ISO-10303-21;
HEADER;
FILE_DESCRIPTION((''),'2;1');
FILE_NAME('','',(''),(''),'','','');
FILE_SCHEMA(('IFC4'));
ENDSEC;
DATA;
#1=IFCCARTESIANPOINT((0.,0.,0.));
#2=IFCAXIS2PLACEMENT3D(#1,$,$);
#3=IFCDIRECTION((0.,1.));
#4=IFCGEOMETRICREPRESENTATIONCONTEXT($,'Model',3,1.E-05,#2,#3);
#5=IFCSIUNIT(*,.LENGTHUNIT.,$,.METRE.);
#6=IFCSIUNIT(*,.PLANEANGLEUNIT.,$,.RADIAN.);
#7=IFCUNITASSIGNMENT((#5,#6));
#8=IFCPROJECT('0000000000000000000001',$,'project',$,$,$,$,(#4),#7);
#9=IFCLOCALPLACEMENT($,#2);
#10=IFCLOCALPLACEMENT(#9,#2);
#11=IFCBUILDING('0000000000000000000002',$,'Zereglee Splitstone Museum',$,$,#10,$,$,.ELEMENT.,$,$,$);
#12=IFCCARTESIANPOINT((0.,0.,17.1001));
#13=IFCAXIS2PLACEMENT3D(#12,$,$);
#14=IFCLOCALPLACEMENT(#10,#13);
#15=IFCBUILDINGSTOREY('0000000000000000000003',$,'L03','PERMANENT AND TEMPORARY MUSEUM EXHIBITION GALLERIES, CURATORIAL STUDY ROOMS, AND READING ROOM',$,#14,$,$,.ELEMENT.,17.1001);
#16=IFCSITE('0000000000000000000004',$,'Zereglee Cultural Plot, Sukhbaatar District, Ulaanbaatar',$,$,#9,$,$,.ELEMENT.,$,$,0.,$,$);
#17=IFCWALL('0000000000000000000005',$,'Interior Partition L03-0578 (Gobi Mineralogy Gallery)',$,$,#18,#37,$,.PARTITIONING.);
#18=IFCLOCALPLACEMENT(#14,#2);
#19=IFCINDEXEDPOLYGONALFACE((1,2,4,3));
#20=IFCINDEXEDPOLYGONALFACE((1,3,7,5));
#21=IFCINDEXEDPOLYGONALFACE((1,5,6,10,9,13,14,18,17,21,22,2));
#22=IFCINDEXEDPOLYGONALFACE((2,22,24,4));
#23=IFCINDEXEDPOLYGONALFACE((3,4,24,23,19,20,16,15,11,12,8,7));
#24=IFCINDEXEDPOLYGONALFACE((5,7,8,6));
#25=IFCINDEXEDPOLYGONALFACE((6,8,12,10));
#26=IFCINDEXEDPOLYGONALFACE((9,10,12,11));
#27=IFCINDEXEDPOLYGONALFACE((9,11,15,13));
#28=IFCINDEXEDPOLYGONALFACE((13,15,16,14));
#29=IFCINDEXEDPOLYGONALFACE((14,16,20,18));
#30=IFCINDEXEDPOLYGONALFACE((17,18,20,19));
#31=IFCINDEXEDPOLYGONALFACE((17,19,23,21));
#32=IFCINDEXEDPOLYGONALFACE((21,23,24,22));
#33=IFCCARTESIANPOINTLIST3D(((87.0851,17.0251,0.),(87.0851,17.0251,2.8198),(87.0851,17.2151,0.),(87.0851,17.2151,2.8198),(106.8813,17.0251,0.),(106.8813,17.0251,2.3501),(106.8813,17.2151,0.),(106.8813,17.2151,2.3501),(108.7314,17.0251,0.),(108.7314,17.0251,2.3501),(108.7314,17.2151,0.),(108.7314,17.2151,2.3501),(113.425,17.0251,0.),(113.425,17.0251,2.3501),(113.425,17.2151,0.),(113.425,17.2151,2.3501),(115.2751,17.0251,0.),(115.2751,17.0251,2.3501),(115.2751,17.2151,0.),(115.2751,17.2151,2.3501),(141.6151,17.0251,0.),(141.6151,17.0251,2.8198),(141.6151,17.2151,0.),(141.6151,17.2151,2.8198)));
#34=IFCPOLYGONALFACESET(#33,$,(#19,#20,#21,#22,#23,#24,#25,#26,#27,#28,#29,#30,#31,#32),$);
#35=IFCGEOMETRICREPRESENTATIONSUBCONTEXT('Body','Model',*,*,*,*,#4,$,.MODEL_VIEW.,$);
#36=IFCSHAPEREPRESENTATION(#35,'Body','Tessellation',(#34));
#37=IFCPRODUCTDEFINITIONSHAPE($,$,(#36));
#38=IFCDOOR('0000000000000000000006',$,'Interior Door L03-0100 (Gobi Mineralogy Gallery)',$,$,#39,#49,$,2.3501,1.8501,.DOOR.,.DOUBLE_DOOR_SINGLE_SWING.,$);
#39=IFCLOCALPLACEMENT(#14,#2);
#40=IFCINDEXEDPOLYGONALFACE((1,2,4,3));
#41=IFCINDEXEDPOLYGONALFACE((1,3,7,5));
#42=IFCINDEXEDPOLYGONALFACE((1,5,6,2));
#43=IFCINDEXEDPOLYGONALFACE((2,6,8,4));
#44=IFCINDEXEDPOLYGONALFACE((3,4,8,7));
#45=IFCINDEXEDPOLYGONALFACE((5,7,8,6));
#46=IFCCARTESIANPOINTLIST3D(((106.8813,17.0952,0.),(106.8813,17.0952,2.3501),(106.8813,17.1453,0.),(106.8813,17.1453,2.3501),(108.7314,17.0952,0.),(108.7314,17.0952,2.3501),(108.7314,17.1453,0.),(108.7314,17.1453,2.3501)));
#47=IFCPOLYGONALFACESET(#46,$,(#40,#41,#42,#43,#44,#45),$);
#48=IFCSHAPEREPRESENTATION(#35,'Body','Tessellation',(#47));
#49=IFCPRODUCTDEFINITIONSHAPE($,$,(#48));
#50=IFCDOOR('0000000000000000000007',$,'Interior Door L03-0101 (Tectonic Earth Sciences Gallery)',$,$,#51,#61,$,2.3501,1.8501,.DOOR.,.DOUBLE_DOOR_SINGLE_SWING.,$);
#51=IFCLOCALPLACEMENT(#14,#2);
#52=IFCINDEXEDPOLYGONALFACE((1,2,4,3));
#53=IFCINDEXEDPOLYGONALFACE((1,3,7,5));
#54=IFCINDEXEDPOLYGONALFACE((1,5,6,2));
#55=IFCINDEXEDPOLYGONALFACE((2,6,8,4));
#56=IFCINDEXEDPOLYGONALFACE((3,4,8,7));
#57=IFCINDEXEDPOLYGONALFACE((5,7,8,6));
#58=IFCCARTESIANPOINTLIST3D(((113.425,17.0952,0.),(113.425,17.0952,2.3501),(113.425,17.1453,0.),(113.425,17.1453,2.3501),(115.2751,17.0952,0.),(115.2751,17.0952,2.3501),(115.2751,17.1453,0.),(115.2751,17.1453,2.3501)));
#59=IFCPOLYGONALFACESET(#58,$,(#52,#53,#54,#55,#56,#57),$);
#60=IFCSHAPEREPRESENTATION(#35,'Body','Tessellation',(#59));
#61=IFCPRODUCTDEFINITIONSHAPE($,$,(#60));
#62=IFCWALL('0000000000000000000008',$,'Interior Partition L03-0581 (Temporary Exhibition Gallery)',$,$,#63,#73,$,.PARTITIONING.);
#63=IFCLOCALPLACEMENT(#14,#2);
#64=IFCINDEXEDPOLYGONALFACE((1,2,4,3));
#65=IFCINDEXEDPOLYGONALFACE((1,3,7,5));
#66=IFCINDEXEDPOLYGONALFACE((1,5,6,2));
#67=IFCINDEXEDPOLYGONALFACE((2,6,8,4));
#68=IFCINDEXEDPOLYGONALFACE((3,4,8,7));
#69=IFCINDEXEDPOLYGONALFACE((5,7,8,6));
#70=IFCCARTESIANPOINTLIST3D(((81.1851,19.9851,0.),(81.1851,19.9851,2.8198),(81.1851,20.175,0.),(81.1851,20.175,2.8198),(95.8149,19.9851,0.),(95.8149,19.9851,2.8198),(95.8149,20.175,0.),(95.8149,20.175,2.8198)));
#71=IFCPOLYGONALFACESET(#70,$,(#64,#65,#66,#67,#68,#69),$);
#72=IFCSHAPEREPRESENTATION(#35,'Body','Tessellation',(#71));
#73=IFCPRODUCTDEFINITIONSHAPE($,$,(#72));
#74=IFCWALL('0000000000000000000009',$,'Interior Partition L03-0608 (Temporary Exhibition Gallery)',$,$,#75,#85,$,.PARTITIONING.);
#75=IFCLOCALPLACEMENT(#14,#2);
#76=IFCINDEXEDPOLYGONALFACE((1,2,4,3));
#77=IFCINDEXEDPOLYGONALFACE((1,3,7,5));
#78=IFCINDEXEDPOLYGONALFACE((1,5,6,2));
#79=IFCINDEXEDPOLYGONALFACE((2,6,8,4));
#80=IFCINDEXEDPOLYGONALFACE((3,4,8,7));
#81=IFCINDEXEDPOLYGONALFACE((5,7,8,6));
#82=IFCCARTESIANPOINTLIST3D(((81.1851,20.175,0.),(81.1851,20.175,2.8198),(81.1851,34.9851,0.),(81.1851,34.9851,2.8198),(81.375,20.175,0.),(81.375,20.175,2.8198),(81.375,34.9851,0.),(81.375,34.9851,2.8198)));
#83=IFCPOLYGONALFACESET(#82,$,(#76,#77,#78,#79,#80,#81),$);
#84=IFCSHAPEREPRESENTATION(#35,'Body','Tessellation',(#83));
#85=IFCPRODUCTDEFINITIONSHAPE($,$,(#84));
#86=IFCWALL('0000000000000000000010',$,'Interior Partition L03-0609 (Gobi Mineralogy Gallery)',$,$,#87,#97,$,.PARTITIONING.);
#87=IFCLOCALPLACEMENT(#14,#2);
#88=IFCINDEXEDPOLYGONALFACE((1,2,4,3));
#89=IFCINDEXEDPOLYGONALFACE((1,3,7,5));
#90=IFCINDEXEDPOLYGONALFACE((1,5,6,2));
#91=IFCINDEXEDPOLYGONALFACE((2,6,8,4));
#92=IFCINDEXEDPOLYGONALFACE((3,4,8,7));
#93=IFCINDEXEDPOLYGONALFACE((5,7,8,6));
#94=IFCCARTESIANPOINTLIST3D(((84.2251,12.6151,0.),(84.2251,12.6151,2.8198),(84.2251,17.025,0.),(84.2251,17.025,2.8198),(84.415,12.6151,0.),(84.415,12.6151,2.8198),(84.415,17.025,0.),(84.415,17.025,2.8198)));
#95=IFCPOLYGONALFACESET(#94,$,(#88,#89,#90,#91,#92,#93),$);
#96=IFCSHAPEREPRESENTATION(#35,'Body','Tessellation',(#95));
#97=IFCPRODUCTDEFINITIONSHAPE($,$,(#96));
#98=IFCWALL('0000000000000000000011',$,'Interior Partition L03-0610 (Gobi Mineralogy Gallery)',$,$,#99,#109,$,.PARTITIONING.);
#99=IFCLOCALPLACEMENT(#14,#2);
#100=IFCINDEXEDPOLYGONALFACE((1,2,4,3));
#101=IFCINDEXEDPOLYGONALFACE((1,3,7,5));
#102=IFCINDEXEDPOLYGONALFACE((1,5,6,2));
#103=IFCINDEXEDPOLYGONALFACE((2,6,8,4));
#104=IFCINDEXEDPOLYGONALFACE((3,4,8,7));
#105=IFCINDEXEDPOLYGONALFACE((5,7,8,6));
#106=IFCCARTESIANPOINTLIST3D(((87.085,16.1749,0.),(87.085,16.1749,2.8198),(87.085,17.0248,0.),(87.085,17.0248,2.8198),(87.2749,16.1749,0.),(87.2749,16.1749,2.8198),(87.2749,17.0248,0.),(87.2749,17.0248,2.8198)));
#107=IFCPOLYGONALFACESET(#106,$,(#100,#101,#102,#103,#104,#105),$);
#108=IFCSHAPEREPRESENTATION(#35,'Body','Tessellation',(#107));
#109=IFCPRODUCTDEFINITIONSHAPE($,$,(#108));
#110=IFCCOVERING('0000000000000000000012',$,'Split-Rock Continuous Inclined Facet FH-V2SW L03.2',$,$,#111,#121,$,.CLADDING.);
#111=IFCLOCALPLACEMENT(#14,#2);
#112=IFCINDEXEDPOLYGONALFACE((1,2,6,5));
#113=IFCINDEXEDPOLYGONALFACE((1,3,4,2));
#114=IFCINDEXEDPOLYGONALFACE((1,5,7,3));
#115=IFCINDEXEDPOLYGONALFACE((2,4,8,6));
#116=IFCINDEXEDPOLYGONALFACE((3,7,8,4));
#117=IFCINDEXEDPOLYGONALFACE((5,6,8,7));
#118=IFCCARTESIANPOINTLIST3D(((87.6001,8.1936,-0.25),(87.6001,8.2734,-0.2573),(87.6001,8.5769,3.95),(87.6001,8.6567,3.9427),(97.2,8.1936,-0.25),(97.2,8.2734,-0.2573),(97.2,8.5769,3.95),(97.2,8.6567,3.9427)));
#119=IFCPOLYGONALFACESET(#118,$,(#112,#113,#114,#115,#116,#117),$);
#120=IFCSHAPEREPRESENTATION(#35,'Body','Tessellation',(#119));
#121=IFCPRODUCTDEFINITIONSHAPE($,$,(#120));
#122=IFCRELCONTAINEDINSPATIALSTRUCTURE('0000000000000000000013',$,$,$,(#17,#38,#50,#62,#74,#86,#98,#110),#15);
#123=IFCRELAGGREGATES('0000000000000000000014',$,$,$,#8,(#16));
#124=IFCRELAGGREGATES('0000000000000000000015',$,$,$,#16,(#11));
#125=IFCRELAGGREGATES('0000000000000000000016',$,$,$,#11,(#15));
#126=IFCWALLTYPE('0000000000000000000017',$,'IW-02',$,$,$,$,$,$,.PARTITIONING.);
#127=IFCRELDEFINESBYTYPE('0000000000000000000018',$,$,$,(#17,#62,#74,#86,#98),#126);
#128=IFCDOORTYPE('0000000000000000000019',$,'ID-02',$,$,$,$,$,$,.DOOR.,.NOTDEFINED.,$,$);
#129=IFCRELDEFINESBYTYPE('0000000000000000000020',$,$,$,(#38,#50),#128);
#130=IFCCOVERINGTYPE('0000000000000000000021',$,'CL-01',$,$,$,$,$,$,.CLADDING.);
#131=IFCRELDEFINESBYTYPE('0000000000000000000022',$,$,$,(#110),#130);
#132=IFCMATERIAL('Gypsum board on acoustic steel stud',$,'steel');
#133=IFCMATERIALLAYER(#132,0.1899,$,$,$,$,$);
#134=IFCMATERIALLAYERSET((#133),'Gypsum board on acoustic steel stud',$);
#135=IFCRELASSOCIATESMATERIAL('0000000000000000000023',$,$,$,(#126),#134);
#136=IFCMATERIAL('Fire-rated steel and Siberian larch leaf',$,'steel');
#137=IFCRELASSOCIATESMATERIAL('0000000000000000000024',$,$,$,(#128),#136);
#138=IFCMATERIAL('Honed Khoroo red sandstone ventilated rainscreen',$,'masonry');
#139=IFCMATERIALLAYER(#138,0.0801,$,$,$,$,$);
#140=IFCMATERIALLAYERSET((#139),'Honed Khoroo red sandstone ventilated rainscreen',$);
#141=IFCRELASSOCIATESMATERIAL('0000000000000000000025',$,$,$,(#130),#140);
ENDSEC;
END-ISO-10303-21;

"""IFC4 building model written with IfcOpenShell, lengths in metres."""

from ifc_helpers import new_model, si_unit, direction, frame, frame_2d, origin, place, context, subcontext, project, spatial, polyline, rectangle, outline, extrude, material, layer, layer_set, type_object, element, fill, save


model = new_model("IFC4")

# Units and contexts
model_context = context("Model", 3, precision=1e-05, world=origin(), true_north=direction((0.0, 1.0)))
body_context = subcontext(model_context, "Body", "Model", "MODEL_VIEW")
ifc_project = project(units=[si_unit("LENGTHUNIT", "METRE"), si_unit("PLANEANGLEUNIT", "RADIAN")], contexts=[model_context])

# Site, building, storey
site_placement = place(None, origin())
site = spatial("IfcSite", under=ifc_project, at=site_placement, Name="Zereglee Cultural Plot, Sukhbaatar District, Ulaanbaatar", CompositionType="ELEMENT", RefElevation=0.0)
building_placement = place(site_placement, origin())
building = spatial("IfcBuilding", under=site, at=building_placement, Name="Zereglee Splitstone Museum", CompositionType="ELEMENT")
storey_placement = place(building_placement, frame((0.0, 0.0, 17.1001)))
storey = spatial("IfcBuildingStorey", under=building, at=storey_placement, Name="L03", Description="PERMANENT AND TEMPORARY MUSEUM EXHIBITION GALLERIES, CURATORIAL STUDY ROOMS, AND READING ROOM", CompositionType="ELEMENT", Elevation=17.1001)

# Shared definitions
ifc_material_1 = material(Name="Gypsum board on acoustic steel stud", Category="steel")
ifc_layer_1 = layer(ifc_material_1, 0.1899)
ifc_layer_set_1 = layer_set([ifc_layer_1], Name="Gypsum board on acoustic steel stud")
wall_type_1 = type_object("IfcWallType", Name="IW-02", PredefinedType="PARTITIONING", material=ifc_layer_set_1)

# Wall, openings, doors
wall_1_placement = place(storey_placement, frame((87.085, 17.1201, 0.0), z_axis=(0.0, 0.0, 1.0), x_axis=(1.0, 0.0, 0.0)))
wall_1 = element("IfcWall", 1, at=wall_1_placement, inside=storey, type_object=wall_type_1, Name="Interior Partition L03-0578 (Gobi Mineralogy Gallery)", PredefinedType="PARTITIONING", context=body_context, shape_type="SweptSolid", body=[
    extrude(rectangle(XDim=54.53, YDim=0.1899, at=frame_2d((27.2651, 0.0))), origin(), (0.0, 0.0, 1.0), 2.8198),
])
opening_1_placement = place(wall_1_placement, frame((19.7964, 0.0, 0.0)))
opening_1 = element("IfcOpeningElement", 2, at=opening_1_placement, cuts=wall_1, PredefinedType="OPENING", context=body_context, shape_type="SweptSolid", body=[
    extrude(rectangle(XDim=1.8501, YDim=2.3501, at=frame_2d((0.925, 1.175))), frame((0.0, 0.1099, 0.0), z_axis=(0.0, -1.0, 0.0), x_axis=(1.0, 0.0, 0.0)), (0.0, 0.0, 1.0), 0.2197),
])
opening_2_placement = place(wall_1_placement, frame((26.3401, 0.0, 0.0)))
opening_2 = element("IfcOpeningElement", 3, at=opening_2_placement, cuts=wall_1, PredefinedType="OPENING", context=body_context, shape_type="SweptSolid", body=[
    extrude(rectangle(XDim=1.8501, YDim=2.3501, at=frame_2d((0.925, 1.175))), frame((0.0, 0.1099, 0.0), z_axis=(0.0, -1.0, 0.0), x_axis=(1.0, 0.0, 0.0)), (0.0, 0.0, 1.0), 0.2197),
])
ifc_material_2 = material(Name="Fire-rated steel and Siberian larch leaf", Category="steel")
door_type = type_object("IfcDoorType", Name="ID-02", OperationType="NOTDEFINED", PredefinedType="DOOR", material=ifc_material_2)
door_1_placement = place(opening_1_placement, frame((1.8501, 0.0, 0.0), z_axis=(0.0, 0.0, 1.0), x_axis=(-1.0, 0.0, 0.0)))
door_1 = element("IfcDoor", 4, at=door_1_placement, inside=storey, type_object=door_type, Name="Interior Door L03-0100 (Gobi Mineralogy Gallery)", OperationType="DOUBLE_DOOR_SINGLE_SWING", OverallHeight=2.3501, OverallWidth=1.8501, PredefinedType="DOOR", context=body_context, shape_type="SweptSolid", body=[
    extrude(rectangle(XDim=1.8501, YDim=2.3501, at=frame_2d((0.925, 1.175))), frame((0.0, 0.0249, 0.0), z_axis=(0.0, -1.0, 0.0), x_axis=(1.0, 0.0, 0.0)), (0.0, 0.0, 1.0), 0.05),
])
fill(opening_1, door_1)
door_2_placement = place(opening_2_placement, frame((1.8501, 0.0, 0.0), z_axis=(0.0, 0.0, 1.0), x_axis=(-1.0, 0.0, 0.0)))
door_2 = element("IfcDoor", 5, at=door_2_placement, inside=storey, type_object=door_type, Name="Interior Door L03-0101 (Tectonic Earth Sciences Gallery)", OperationType="DOUBLE_DOOR_SINGLE_SWING", OverallHeight=2.3501, OverallWidth=1.8501, PredefinedType="DOOR", context=body_context, shape_type="SweptSolid", body=[
    extrude(rectangle(XDim=1.8501, YDim=2.3501, at=frame_2d((0.925, 1.175))), frame((0.0, 0.0249, 0.0), z_axis=(0.0, -1.0, 0.0), x_axis=(1.0, 0.0, 0.0)), (0.0, 0.0, 1.0), 0.05),
])
fill(opening_2, door_2)

# Walls
wall_2_placement = place(storey_placement, frame((81.1851, 20.0801, 0.0), z_axis=(0.0, 0.0, 1.0), x_axis=(1.0, 0.0, 0.0)))
element("IfcWall", 6, at=wall_2_placement, inside=storey, type_object=wall_type_1, Name="Interior Partition L03-0581 (Temporary Exhibition Gallery)", PredefinedType="PARTITIONING", context=body_context, shape_type="SweptSolid", body=[
    extrude(rectangle(XDim=14.6299, YDim=0.1899, at=frame_2d((7.3149, 0.0))), origin(), (0.0, 0.0, 1.0), 2.8198),
])
wall_3_placement = place(storey_placement, frame((81.28, 20.175, 0.0), z_axis=(0.0, 0.0, 1.0), x_axis=(0.0, 1.0, 0.0)))
element("IfcWall", 7, at=wall_3_placement, inside=storey, type_object=wall_type_1, Name="Interior Partition L03-0608 (Temporary Exhibition Gallery)", PredefinedType="PARTITIONING", context=body_context, shape_type="SweptSolid", body=[
    extrude(rectangle(XDim=14.8101, YDim=0.1899, at=frame_2d((7.405, 0.0))), origin(), (0.0, 0.0, 1.0), 2.8198),
])
wall_4_placement = place(storey_placement, frame((84.3201, 12.615, 0.0), z_axis=(0.0, 0.0, 1.0), x_axis=(0.0, 1.0, 0.0)))
element("IfcWall", 8, at=wall_4_placement, inside=storey, type_object=wall_type_1, Name="Interior Partition L03-0609 (Gobi Mineralogy Gallery)", PredefinedType="PARTITIONING", context=body_context, shape_type="SweptSolid", body=[
    extrude(rectangle(XDim=4.4099, YDim=0.1899, at=frame_2d((2.2051, 0.0))), origin(), (0.0, 0.0, 1.0), 2.8198),
])
wall_5_placement = place(storey_placement, frame((87.1799, 16.175, 0.0), z_axis=(0.0, 0.0, 1.0), x_axis=(0.0, 1.0, 0.0)))
element("IfcWall", 9, at=wall_5_placement, inside=storey, type_object=wall_type_1, Name="Interior Partition L03-0610 (Gobi Mineralogy Gallery)", PredefinedType="PARTITIONING", context=body_context, shape_type="SweptSolid", body=[
    extrude(rectangle(XDim=0.8499, YDim=0.1899, at=frame_2d((0.4248, 0.0))), origin(), (0.0, 0.0, 1.0), 2.8198),
])

# Covering
ifc_material_3 = material(Name="Honed Khoroo red sandstone ventilated rainscreen", Category="masonry")
ifc_layer_2 = layer(ifc_material_3, 0.0801)
ifc_layer_set_2 = layer_set([ifc_layer_2], Name="Honed Khoroo red sandstone ventilated rainscreen")
covering_type = type_object("IfcCoveringType", Name="CL-01", PredefinedType="CLADDING", material=ifc_layer_set_2)
covering_placement = place(storey_placement, frame((87.6001, 8.1936, -0.25), z_axis=(0.0, -0.995861, 0.090885), x_axis=(1.0, 0.0, 0.0)))
element("IfcCovering", 10, at=covering_placement, inside=storey, type_object=covering_type, Name="Split-Rock Continuous Inclined Facet FH-V2SW L03.2", PredefinedType="CLADDING", context=body_context, shape_type="SweptSolid", body=[
    extrude(outline(polyline([(0.0, 0.0), (9.5999, 0.0), (9.5999, 4.2174), (0.0, 4.2174), (0.0, 0.0)])), origin(), (0.0, 0.0, -1.0), 0.0801),
])

save(model, "model.ifc")
